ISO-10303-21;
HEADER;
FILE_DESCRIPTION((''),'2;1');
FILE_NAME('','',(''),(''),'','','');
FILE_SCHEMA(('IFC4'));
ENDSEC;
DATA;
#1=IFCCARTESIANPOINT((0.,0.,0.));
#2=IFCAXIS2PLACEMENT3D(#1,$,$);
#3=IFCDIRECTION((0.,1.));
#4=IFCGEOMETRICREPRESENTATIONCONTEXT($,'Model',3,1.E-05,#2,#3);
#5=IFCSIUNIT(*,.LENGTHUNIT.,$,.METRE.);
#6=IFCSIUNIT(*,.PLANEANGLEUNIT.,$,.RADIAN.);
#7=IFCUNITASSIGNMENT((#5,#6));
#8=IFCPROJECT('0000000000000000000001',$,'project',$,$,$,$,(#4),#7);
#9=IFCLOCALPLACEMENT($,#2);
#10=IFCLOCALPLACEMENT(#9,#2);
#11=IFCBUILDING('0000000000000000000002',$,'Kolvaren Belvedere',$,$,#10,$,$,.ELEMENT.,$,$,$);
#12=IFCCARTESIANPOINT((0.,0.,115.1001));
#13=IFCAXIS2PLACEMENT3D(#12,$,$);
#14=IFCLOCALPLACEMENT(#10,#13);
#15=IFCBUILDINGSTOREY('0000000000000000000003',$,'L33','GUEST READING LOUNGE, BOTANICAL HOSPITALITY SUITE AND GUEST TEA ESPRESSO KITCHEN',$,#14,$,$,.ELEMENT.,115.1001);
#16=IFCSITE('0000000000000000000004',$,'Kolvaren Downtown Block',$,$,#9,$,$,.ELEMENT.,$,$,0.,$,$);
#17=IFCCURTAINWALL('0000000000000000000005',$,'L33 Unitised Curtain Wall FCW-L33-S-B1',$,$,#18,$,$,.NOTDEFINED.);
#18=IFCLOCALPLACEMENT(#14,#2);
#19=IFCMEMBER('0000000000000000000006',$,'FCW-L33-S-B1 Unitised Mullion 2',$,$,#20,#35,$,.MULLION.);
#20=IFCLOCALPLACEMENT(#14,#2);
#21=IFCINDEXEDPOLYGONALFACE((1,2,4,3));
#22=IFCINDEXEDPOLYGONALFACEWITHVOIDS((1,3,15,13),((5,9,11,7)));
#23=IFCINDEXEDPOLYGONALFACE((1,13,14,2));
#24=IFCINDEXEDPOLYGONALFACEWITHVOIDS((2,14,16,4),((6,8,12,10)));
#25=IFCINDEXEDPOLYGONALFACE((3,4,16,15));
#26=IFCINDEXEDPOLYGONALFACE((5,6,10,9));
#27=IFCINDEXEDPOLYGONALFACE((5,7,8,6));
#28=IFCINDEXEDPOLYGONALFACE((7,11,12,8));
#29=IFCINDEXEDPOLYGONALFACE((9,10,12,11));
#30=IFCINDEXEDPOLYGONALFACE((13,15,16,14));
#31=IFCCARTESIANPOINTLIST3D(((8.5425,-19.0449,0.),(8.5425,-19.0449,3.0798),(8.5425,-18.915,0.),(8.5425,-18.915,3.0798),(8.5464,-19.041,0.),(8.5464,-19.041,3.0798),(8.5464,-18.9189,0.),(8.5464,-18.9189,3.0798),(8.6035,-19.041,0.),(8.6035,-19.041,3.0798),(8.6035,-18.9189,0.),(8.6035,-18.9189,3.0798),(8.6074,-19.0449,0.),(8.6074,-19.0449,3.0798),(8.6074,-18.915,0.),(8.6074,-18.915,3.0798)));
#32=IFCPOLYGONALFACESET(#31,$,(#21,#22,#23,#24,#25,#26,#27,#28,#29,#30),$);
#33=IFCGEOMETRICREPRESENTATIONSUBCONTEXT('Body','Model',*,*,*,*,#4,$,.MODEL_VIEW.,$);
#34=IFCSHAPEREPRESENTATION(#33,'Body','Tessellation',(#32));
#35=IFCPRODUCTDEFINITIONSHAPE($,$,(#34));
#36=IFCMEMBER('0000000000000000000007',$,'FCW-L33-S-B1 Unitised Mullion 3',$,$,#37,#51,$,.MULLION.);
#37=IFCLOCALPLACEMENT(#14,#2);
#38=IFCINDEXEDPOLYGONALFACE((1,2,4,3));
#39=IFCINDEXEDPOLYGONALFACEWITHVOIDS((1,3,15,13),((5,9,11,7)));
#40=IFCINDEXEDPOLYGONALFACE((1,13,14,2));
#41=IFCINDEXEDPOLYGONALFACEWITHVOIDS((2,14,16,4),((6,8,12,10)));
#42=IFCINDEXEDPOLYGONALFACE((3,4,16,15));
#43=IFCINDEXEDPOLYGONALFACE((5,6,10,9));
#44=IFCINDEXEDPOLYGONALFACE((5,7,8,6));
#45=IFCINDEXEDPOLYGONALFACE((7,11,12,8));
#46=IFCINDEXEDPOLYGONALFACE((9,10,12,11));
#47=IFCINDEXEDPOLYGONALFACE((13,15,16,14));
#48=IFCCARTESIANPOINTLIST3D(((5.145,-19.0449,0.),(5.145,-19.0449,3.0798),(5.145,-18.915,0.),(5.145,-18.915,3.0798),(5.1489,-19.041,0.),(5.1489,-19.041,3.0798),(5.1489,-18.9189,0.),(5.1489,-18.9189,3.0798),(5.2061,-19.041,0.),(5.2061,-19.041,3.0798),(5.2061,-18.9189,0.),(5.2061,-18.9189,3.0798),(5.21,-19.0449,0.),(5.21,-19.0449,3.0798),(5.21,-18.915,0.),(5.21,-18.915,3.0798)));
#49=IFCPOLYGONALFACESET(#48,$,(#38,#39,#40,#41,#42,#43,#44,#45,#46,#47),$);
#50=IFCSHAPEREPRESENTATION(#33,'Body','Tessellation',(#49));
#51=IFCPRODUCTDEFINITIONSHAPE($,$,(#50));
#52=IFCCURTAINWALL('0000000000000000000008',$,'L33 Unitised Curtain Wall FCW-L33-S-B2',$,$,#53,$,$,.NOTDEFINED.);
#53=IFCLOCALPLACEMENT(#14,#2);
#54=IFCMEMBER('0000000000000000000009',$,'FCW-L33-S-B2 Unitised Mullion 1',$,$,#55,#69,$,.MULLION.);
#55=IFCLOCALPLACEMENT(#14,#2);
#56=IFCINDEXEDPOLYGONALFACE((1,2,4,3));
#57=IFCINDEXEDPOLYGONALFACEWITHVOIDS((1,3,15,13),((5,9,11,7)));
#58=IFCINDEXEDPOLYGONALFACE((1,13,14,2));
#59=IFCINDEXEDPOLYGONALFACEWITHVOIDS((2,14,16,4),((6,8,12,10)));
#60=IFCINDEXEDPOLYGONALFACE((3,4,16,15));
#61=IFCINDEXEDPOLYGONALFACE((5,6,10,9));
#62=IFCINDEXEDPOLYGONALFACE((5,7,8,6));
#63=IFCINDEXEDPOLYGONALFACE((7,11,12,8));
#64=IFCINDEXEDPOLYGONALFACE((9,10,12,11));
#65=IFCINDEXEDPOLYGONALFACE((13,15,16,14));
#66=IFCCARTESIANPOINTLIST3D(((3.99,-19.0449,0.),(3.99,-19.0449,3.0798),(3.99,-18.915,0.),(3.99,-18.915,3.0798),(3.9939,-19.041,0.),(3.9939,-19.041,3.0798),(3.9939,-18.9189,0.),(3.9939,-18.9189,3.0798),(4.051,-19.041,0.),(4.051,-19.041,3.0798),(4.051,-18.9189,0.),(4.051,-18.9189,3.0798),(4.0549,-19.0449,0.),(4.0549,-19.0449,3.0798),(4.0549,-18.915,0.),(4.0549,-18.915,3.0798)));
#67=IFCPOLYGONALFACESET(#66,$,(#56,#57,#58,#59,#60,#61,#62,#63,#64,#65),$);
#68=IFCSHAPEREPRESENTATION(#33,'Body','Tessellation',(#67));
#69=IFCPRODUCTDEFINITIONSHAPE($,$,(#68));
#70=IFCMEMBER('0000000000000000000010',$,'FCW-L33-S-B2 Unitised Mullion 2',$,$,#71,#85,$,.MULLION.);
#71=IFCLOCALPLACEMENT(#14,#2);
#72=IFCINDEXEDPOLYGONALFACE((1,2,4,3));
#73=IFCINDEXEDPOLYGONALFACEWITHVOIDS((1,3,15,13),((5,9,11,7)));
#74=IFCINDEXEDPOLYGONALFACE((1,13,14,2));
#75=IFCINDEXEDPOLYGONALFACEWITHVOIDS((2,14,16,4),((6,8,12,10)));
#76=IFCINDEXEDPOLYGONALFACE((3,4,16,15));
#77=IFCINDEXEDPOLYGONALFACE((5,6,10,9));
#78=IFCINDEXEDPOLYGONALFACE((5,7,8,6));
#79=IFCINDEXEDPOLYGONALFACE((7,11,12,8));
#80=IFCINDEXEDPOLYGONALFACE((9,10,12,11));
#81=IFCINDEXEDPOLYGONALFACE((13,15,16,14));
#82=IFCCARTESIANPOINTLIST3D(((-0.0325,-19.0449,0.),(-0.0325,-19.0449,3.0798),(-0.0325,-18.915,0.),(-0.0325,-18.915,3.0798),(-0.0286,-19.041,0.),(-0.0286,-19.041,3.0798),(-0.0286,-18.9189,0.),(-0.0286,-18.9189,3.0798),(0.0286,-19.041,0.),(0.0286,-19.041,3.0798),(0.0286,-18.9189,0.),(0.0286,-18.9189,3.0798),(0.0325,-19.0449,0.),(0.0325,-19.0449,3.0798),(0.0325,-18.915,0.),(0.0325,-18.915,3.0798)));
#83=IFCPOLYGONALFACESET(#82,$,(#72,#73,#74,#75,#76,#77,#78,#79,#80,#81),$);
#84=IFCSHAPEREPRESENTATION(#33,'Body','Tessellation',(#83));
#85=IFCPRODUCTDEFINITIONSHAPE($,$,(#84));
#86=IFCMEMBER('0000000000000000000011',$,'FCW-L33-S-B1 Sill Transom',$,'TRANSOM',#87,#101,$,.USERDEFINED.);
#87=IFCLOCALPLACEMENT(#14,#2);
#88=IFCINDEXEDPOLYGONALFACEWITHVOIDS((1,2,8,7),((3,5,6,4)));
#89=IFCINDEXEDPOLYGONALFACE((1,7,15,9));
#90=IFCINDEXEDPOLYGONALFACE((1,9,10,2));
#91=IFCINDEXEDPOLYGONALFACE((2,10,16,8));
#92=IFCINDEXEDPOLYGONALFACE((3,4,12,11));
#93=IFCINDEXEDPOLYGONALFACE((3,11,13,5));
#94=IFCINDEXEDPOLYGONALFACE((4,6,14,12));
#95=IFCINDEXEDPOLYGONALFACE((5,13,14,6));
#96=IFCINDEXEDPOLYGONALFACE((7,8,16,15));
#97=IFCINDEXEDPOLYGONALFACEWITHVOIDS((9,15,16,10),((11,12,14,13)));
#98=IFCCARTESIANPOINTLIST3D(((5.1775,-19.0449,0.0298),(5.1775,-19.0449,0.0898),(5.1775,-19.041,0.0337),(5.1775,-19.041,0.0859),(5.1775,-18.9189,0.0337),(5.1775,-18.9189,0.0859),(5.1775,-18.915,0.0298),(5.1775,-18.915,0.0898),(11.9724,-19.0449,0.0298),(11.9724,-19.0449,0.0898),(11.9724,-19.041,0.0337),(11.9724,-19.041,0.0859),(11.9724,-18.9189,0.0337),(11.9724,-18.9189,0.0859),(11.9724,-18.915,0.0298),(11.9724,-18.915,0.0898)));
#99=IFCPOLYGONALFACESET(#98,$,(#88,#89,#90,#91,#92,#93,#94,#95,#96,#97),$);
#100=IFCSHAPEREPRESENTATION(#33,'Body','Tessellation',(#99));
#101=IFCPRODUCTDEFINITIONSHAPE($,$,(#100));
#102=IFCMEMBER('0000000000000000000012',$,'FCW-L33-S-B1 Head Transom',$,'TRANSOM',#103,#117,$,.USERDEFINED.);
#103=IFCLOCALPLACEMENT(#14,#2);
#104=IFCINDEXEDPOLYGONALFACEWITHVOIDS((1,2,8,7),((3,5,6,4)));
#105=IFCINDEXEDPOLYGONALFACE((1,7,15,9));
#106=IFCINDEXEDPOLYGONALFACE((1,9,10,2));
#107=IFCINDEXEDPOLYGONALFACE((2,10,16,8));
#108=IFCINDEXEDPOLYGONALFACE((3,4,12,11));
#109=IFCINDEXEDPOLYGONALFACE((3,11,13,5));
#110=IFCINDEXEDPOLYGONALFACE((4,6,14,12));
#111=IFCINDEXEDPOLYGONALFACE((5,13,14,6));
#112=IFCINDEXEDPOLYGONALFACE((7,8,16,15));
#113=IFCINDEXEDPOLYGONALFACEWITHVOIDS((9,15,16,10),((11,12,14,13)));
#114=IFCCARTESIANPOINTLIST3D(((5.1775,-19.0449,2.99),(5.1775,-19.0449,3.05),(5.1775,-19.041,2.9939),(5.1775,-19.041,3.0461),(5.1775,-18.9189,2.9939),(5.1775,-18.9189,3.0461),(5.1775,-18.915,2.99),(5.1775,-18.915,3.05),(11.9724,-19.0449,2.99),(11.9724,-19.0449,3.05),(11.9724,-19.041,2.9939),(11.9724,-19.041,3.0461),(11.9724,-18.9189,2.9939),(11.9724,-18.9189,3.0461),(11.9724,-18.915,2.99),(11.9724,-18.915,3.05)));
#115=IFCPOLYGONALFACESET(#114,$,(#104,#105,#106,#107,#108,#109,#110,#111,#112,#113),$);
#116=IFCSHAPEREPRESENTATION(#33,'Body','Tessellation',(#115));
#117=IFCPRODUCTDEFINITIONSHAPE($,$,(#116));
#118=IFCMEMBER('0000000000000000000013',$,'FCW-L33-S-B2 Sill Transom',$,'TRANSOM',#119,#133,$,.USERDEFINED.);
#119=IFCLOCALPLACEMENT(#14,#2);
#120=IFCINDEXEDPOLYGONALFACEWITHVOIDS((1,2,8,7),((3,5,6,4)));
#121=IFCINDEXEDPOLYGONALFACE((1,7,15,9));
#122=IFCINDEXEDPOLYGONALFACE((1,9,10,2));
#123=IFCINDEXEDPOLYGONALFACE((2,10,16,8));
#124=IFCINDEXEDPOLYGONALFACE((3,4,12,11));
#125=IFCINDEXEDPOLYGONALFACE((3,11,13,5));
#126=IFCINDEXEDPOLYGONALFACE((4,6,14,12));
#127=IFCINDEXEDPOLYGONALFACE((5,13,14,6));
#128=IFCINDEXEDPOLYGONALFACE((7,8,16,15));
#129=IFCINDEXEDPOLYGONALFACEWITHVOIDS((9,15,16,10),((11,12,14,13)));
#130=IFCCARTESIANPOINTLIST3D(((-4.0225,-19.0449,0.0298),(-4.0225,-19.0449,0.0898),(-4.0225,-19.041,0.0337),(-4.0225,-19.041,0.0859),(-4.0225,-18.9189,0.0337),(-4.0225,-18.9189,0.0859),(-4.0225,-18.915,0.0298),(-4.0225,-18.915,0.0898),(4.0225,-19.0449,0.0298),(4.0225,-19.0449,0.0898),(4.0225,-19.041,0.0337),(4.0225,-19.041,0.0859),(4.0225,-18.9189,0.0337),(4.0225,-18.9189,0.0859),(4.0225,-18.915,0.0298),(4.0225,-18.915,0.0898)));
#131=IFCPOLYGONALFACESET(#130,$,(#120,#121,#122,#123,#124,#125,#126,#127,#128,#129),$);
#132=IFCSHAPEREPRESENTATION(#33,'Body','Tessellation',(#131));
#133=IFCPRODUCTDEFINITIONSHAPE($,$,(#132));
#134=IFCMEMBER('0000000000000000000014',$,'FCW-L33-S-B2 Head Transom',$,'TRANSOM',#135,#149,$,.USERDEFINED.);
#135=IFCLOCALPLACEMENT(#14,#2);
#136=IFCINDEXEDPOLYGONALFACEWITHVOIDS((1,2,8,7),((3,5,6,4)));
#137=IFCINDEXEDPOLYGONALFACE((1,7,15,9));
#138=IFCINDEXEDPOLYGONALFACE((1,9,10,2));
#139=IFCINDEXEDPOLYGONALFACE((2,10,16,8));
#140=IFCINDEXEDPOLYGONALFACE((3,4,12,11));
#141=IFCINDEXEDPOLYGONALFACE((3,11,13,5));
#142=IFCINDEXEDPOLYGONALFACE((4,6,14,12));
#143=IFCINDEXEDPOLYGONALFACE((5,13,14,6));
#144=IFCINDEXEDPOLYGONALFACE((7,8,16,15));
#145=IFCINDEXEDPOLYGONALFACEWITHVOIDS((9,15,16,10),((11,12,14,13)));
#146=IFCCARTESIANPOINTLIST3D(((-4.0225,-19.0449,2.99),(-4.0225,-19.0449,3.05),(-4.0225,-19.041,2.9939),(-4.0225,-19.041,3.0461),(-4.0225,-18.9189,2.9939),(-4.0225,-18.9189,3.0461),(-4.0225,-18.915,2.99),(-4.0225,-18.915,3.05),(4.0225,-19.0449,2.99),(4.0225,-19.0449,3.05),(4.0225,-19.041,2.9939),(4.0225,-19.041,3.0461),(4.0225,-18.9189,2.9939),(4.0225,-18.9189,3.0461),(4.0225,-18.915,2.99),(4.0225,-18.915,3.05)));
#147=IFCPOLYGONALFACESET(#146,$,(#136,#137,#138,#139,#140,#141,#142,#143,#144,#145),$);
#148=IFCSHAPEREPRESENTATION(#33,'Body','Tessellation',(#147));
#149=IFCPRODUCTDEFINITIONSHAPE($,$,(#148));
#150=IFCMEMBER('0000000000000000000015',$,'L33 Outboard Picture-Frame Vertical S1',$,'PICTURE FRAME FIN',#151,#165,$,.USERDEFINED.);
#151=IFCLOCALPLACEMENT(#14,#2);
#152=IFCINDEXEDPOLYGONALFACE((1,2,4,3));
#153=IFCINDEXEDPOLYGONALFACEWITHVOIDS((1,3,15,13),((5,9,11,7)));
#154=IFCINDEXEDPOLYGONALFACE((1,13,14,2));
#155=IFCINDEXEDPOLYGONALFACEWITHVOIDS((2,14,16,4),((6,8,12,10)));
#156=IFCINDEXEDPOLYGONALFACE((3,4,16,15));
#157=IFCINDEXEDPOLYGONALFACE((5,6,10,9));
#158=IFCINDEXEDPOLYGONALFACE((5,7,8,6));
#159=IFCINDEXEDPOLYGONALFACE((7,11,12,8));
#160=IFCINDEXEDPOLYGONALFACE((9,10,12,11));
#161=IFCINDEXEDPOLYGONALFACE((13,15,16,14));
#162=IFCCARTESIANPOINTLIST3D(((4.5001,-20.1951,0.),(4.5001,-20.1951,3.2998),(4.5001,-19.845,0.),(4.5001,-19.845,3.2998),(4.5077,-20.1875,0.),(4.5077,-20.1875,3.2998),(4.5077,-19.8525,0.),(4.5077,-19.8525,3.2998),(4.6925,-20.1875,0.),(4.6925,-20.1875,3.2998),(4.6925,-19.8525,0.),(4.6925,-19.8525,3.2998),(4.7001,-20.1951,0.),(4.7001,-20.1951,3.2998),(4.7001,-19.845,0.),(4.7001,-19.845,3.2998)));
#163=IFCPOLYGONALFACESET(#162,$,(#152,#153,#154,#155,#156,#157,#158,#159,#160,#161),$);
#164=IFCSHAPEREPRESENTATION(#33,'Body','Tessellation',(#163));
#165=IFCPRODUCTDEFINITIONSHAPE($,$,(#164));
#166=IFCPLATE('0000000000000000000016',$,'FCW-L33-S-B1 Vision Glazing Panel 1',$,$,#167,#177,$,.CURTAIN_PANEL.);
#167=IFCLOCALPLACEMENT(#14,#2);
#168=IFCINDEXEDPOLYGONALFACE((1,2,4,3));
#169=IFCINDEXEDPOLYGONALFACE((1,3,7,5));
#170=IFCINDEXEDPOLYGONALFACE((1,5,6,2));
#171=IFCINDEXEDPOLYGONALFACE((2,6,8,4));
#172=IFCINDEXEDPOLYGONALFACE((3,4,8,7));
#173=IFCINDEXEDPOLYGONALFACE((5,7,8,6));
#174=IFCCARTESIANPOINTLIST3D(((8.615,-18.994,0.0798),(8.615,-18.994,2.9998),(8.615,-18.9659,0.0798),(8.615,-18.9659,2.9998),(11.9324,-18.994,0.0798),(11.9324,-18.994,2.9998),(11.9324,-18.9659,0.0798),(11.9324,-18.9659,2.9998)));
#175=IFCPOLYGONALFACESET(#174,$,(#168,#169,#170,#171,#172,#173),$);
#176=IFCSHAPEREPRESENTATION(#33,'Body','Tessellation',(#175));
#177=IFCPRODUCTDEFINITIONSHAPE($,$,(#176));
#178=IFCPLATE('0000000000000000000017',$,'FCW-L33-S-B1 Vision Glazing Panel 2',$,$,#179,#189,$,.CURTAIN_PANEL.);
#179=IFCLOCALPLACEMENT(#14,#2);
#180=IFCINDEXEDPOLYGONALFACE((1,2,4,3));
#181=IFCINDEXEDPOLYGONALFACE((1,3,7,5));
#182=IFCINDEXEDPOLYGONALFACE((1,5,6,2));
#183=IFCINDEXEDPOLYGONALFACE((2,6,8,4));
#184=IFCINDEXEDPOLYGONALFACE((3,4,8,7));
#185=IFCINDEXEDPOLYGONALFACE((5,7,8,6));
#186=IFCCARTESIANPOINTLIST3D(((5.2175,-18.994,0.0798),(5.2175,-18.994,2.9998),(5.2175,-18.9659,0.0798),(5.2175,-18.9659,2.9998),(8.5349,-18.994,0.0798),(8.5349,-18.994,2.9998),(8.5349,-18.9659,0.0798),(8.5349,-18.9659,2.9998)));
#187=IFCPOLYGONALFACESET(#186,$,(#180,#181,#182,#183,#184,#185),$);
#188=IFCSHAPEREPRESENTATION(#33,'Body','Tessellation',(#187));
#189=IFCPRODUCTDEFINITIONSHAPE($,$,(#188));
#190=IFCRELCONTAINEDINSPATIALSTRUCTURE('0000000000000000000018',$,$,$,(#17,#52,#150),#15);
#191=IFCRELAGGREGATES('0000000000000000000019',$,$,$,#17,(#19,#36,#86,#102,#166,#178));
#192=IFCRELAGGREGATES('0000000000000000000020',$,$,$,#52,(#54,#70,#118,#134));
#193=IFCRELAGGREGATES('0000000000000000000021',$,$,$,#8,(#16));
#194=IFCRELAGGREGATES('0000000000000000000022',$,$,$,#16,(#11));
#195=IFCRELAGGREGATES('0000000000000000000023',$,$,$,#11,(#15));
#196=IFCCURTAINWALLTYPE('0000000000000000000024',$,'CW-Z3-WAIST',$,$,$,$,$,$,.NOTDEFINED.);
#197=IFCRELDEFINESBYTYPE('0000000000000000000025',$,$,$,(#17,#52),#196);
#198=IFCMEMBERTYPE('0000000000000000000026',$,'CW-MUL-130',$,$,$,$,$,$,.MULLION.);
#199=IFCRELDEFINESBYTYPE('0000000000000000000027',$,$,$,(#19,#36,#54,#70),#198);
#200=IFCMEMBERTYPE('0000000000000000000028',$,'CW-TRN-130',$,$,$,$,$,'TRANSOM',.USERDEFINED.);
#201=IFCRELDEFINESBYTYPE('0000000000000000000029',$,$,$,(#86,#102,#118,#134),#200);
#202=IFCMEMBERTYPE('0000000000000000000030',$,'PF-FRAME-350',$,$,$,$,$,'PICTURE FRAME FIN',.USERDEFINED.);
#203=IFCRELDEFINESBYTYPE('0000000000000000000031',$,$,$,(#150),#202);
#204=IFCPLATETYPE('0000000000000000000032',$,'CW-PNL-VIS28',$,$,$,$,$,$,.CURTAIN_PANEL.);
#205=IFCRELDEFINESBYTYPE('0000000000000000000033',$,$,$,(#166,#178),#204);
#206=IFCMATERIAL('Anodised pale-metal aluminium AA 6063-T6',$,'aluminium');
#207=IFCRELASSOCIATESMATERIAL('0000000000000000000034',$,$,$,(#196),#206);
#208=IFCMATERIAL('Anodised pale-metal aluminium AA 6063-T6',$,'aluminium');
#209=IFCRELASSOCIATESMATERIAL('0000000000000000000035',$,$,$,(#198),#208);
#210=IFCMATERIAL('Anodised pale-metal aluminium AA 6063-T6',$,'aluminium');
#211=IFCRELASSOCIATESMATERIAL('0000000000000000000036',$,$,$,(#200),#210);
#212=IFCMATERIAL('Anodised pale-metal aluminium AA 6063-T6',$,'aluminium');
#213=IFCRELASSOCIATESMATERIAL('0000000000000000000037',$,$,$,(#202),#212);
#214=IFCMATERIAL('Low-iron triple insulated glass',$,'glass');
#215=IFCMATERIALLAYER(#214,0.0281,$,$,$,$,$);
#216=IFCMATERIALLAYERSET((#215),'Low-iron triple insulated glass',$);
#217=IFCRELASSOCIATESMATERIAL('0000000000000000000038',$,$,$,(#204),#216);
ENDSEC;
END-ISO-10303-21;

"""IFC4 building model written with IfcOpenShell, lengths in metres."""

from ifc_helpers import new_model, si_unit, direction, frame, origin, origin_2d, place, context, subcontext, project, spatial, rectangle, hollow_rectangle, extrude, material, layer, layer_set, material_profile, profile_set, type_object, element, aggregate, save


model = new_model("IFC4")

# Units and contexts
model_context = context("Model", 3, precision=1e-05, world=origin(), true_north=direction((0.0, 1.0)))
body_context = subcontext(model_context, "Body", "Model", "MODEL_VIEW")
ifc_project = project(units=[si_unit("LENGTHUNIT", "METRE"), si_unit("PLANEANGLEUNIT", "RADIAN")], contexts=[model_context])

# Site, building, storey
site_placement = place(None, origin())
site = spatial("IfcSite", under=ifc_project, at=site_placement, Name="Kolvaren Downtown Block", CompositionType="ELEMENT", RefElevation=0.0)
building_placement = place(site_placement, origin())
building = spatial("IfcBuilding", under=site, at=building_placement, Name="Kolvaren Belvedere", CompositionType="ELEMENT")
storey_placement = place(building_placement, frame((0.0, 0.0, 115.1001)))
storey = spatial("IfcBuildingStorey", under=building, at=storey_placement, Name="L33", Description="GUEST READING LOUNGE, BOTANICAL HOSPITALITY SUITE AND GUEST TEA ESPRESSO KITCHEN", CompositionType="ELEMENT", Elevation=115.1001)

# Curtain walls, members
ifc_material_1 = material(Name="Anodised pale-metal aluminium AA 6063-T6", Category="aluminium")
curtain_wall_type = type_object("IfcCurtainWallType", Name="CW-Z3-WAIST", PredefinedType="NOTDEFINED", material=ifc_material_1)
curtain_wall_1_placement = place(storey_placement, origin())
curtain_wall_1 = element("IfcCurtainWall", 1, at=curtain_wall_1_placement, inside=storey, type_object=curtain_wall_type, Name="L33 Unitised Curtain Wall FCW-L33-S-B1", PredefinedType="NOTDEFINED")
ifc_material_2 = material(Name="Anodised pale-metal aluminium AA 6063-T6", Category="aluminium")
ifc_material_profile_1 = material_profile(ifc_material_2, hollow_rectangle(XDim=0.0649, YDim=0.1299, WallThickness=0.0039, at=origin_2d()), Name="ALU-MUL-130X65")
ifc_profile_set_1 = profile_set([ifc_material_profile_1], Name="Anodised pale-metal aluminium AA 6063-T6")
member_type_1 = type_object("IfcMemberType", Name="CW-MUL-130", PredefinedType="MULLION", material=ifc_profile_set_1)
member_1_placement = place(storey_placement, frame((8.575, -18.98, 0.0), z_axis=(0.0, 0.0, 1.0), x_axis=(1.0, 0.0, 0.0)))
member_1 = element("IfcMember", 2, at=member_1_placement, type_object=member_type_1, Name="FCW-L33-S-B1 Unitised Mullion 2", PredefinedType="MULLION", context=body_context, shape_type="SweptSolid", body=[
    extrude(hollow_rectangle(XDim=0.0649, YDim=0.1299, WallThickness=0.0039, at=origin_2d()), origin(), (0.0, 0.0, 1.0), 3.0798),
])
member_2_placement = place(storey_placement, frame((5.1775, -18.98, 0.0), z_axis=(0.0, 0.0, 1.0), x_axis=(1.0, 0.0, 0.0)))
member_2 = element("IfcMember", 3, at=member_2_placement, type_object=member_type_1, Name="FCW-L33-S-B1 Unitised Mullion 3", PredefinedType="MULLION", context=body_context, shape_type="SweptSolid", body=[
    extrude(hollow_rectangle(XDim=0.0649, YDim=0.1299, WallThickness=0.0039, at=origin_2d()), origin(), (0.0, 0.0, 1.0), 3.0798),
])
curtain_wall_2_placement = place(storey_placement, origin())
curtain_wall_2 = element("IfcCurtainWall", 4, at=curtain_wall_2_placement, inside=storey, type_object=curtain_wall_type, Name="L33 Unitised Curtain Wall FCW-L33-S-B2", PredefinedType="NOTDEFINED")
member_3_placement = place(storey_placement, frame((4.0225, -18.98, 0.0), z_axis=(0.0, 0.0, 1.0), x_axis=(1.0, 0.0, 0.0)))
member_3 = element("IfcMember", 5, at=member_3_placement, type_object=member_type_1, Name="FCW-L33-S-B2 Unitised Mullion 1", PredefinedType="MULLION", context=body_context, shape_type="SweptSolid", body=[
    extrude(hollow_rectangle(XDim=0.0649, YDim=0.1299, WallThickness=0.0039, at=origin_2d()), origin(), (0.0, 0.0, 1.0), 3.0798),
])
member_4_placement = place(storey_placement, frame((0.0, -18.98, 0.0), z_axis=(0.0, 0.0, 1.0), x_axis=(1.0, 0.0, 0.0)))
member_4 = element("IfcMember", 6, at=member_4_placement, type_object=member_type_1, Name="FCW-L33-S-B2 Unitised Mullion 2", PredefinedType="MULLION", context=body_context, shape_type="SweptSolid", body=[
    extrude(hollow_rectangle(XDim=0.0649, YDim=0.1299, WallThickness=0.0039, at=origin_2d()), origin(), (0.0, 0.0, 1.0), 3.0798),
])

# Members
ifc_material_3 = material(Name="Anodised pale-metal aluminium AA 6063-T6", Category="aluminium")
ifc_material_profile_2 = material_profile(ifc_material_3, hollow_rectangle(XDim=0.0601, YDim=0.1299, WallThickness=0.0039, at=origin_2d()), Name="ALU-TRN-130X60")
ifc_profile_set_2 = profile_set([ifc_material_profile_2], Name="Anodised pale-metal aluminium AA 6063-T6")
member_type_2 = type_object("IfcMemberType", Name="CW-TRN-130", ElementType="TRANSOM", PredefinedType="USERDEFINED", material=ifc_profile_set_2)
member_5_placement = place(storey_placement, frame((11.9724, -18.98, 0.0598), z_axis=(-1.0, 0.0, 0.0), x_axis=(0.0, 0.0, 1.0)))
member_5 = element("IfcMember", 7, at=member_5_placement, type_object=member_type_2, Name="FCW-L33-S-B1 Sill Transom", ObjectType="TRANSOM", PredefinedType="USERDEFINED", context=body_context, shape_type="SweptSolid", body=[
    extrude(hollow_rectangle(XDim=0.0601, YDim=0.1299, WallThickness=0.0039, at=origin_2d()), origin(), (0.0, 0.0, 1.0), 6.7949),
])
member_6_placement = place(storey_placement, frame((11.9724, -18.98, 3.02), z_axis=(-1.0, 0.0, 0.0), x_axis=(0.0, 0.0, 1.0)))
member_6 = element("IfcMember", 8, at=member_6_placement, type_object=member_type_2, Name="FCW-L33-S-B1 Head Transom", ObjectType="TRANSOM", PredefinedType="USERDEFINED", context=body_context, shape_type="SweptSolid", body=[
    extrude(hollow_rectangle(XDim=0.0601, YDim=0.1299, WallThickness=0.0039, at=origin_2d()), origin(), (0.0, 0.0, 1.0), 6.7949),
])
member_7_placement = place(storey_placement, frame((4.0225, -18.98, 0.0598), z_axis=(-1.0, 0.0, 0.0), x_axis=(0.0, 0.0, 1.0)))
member_7 = element("IfcMember", 9, at=member_7_placement, type_object=member_type_2, Name="FCW-L33-S-B2 Sill Transom", ObjectType="TRANSOM", PredefinedType="USERDEFINED", context=body_context, shape_type="SweptSolid", body=[
    extrude(hollow_rectangle(XDim=0.0601, YDim=0.1299, WallThickness=0.0039, at=origin_2d()), origin(), (0.0, 0.0, 1.0), 8.0449),
])
member_8_placement = place(storey_placement, frame((4.0225, -18.98, 3.02), z_axis=(-1.0, 0.0, 0.0), x_axis=(0.0, 0.0, 1.0)))
member_8 = element("IfcMember", 10, at=member_8_placement, type_object=member_type_2, Name="FCW-L33-S-B2 Head Transom", ObjectType="TRANSOM", PredefinedType="USERDEFINED", context=body_context, shape_type="SweptSolid", body=[
    extrude(hollow_rectangle(XDim=0.0601, YDim=0.1299, WallThickness=0.0039, at=origin_2d()), origin(), (0.0, 0.0, 1.0), 8.0449),
])
ifc_material_4 = material(Name="Anodised pale-metal aluminium AA 6063-T6", Category="aluminium")
ifc_material_profile_3 = material_profile(ifc_material_4, hollow_rectangle(XDim=0.2, YDim=0.3501, WallThickness=0.0076, at=origin_2d()), Name="ALU-PF-350X200")
ifc_profile_set_3 = profile_set([ifc_material_profile_3], Name="Anodised pale-metal aluminium AA 6063-T6")
member_type_3 = type_object("IfcMemberType", Name="PF-FRAME-350", ElementType="PICTURE FRAME FIN", PredefinedType="USERDEFINED", material=ifc_profile_set_3)
member_9_placement = place(storey_placement, frame((4.6001, -20.02, 0.0), z_axis=(0.0, 0.0, 1.0), x_axis=(1.0, 0.0, 0.0)))
element("IfcMember", 11, at=member_9_placement, inside=storey, type_object=member_type_3, Name="L33 Outboard Picture-Frame Vertical S1", ObjectType="PICTURE FRAME FIN", PredefinedType="USERDEFINED", context=body_context, shape_type="SweptSolid", body=[
    extrude(hollow_rectangle(XDim=0.2, YDim=0.3501, WallThickness=0.0076, at=origin_2d()), origin(), (0.0, 0.0, 1.0), 3.2998),
])

# Plates
ifc_material_5 = material(Name="Low-iron triple insulated glass", Category="glass")
ifc_layer_1 = layer(ifc_material_5, 0.0281)
ifc_layer_set_1 = layer_set([ifc_layer_1], Name="Low-iron triple insulated glass")
plate_type_1 = type_object("IfcPlateType", Name="CW-PNL-VIS28", PredefinedType="CURTAIN_PANEL", material=ifc_layer_set_1)
plate_1_placement = place(storey_placement, frame((10.2737, -18.98, 0.0798), z_axis=(0.0, 0.0, 1.0), x_axis=(-1.0, 0.0, 0.0)))
plate_1 = element("IfcPlate", 12, at=plate_1_placement, type_object=plate_type_1, Name="FCW-L33-S-B1 Vision Glazing Panel 1", PredefinedType="CURTAIN_PANEL", context=body_context, shape_type="SweptSolid", body=[
    extrude(rectangle(XDim=3.3174, YDim=0.0281, at=origin_2d()), origin(), (0.0, 0.0, 1.0), 2.9199),
])
plate_2_placement = place(storey_placement, frame((6.8762, -18.98, 0.0798), z_axis=(0.0, 0.0, 1.0), x_axis=(-1.0, 0.0, 0.0)))
plate_2 = element("IfcPlate", 13, at=plate_2_placement, type_object=plate_type_1, Name="FCW-L33-S-B1 Vision Glazing Panel 2", PredefinedType="CURTAIN_PANEL", context=body_context, shape_type="SweptSolid", body=[
    extrude(rectangle(XDim=3.3174, YDim=0.0281, at=origin_2d()), origin(), (0.0, 0.0, 1.0), 2.9199),
])
aggregate(curtain_wall_1, [member_1, member_2, member_5, member_6, plate_1, plate_2])
aggregate(curtain_wall_2, [member_3, member_4, member_7, member_8])

save(model, "model.ifc")
